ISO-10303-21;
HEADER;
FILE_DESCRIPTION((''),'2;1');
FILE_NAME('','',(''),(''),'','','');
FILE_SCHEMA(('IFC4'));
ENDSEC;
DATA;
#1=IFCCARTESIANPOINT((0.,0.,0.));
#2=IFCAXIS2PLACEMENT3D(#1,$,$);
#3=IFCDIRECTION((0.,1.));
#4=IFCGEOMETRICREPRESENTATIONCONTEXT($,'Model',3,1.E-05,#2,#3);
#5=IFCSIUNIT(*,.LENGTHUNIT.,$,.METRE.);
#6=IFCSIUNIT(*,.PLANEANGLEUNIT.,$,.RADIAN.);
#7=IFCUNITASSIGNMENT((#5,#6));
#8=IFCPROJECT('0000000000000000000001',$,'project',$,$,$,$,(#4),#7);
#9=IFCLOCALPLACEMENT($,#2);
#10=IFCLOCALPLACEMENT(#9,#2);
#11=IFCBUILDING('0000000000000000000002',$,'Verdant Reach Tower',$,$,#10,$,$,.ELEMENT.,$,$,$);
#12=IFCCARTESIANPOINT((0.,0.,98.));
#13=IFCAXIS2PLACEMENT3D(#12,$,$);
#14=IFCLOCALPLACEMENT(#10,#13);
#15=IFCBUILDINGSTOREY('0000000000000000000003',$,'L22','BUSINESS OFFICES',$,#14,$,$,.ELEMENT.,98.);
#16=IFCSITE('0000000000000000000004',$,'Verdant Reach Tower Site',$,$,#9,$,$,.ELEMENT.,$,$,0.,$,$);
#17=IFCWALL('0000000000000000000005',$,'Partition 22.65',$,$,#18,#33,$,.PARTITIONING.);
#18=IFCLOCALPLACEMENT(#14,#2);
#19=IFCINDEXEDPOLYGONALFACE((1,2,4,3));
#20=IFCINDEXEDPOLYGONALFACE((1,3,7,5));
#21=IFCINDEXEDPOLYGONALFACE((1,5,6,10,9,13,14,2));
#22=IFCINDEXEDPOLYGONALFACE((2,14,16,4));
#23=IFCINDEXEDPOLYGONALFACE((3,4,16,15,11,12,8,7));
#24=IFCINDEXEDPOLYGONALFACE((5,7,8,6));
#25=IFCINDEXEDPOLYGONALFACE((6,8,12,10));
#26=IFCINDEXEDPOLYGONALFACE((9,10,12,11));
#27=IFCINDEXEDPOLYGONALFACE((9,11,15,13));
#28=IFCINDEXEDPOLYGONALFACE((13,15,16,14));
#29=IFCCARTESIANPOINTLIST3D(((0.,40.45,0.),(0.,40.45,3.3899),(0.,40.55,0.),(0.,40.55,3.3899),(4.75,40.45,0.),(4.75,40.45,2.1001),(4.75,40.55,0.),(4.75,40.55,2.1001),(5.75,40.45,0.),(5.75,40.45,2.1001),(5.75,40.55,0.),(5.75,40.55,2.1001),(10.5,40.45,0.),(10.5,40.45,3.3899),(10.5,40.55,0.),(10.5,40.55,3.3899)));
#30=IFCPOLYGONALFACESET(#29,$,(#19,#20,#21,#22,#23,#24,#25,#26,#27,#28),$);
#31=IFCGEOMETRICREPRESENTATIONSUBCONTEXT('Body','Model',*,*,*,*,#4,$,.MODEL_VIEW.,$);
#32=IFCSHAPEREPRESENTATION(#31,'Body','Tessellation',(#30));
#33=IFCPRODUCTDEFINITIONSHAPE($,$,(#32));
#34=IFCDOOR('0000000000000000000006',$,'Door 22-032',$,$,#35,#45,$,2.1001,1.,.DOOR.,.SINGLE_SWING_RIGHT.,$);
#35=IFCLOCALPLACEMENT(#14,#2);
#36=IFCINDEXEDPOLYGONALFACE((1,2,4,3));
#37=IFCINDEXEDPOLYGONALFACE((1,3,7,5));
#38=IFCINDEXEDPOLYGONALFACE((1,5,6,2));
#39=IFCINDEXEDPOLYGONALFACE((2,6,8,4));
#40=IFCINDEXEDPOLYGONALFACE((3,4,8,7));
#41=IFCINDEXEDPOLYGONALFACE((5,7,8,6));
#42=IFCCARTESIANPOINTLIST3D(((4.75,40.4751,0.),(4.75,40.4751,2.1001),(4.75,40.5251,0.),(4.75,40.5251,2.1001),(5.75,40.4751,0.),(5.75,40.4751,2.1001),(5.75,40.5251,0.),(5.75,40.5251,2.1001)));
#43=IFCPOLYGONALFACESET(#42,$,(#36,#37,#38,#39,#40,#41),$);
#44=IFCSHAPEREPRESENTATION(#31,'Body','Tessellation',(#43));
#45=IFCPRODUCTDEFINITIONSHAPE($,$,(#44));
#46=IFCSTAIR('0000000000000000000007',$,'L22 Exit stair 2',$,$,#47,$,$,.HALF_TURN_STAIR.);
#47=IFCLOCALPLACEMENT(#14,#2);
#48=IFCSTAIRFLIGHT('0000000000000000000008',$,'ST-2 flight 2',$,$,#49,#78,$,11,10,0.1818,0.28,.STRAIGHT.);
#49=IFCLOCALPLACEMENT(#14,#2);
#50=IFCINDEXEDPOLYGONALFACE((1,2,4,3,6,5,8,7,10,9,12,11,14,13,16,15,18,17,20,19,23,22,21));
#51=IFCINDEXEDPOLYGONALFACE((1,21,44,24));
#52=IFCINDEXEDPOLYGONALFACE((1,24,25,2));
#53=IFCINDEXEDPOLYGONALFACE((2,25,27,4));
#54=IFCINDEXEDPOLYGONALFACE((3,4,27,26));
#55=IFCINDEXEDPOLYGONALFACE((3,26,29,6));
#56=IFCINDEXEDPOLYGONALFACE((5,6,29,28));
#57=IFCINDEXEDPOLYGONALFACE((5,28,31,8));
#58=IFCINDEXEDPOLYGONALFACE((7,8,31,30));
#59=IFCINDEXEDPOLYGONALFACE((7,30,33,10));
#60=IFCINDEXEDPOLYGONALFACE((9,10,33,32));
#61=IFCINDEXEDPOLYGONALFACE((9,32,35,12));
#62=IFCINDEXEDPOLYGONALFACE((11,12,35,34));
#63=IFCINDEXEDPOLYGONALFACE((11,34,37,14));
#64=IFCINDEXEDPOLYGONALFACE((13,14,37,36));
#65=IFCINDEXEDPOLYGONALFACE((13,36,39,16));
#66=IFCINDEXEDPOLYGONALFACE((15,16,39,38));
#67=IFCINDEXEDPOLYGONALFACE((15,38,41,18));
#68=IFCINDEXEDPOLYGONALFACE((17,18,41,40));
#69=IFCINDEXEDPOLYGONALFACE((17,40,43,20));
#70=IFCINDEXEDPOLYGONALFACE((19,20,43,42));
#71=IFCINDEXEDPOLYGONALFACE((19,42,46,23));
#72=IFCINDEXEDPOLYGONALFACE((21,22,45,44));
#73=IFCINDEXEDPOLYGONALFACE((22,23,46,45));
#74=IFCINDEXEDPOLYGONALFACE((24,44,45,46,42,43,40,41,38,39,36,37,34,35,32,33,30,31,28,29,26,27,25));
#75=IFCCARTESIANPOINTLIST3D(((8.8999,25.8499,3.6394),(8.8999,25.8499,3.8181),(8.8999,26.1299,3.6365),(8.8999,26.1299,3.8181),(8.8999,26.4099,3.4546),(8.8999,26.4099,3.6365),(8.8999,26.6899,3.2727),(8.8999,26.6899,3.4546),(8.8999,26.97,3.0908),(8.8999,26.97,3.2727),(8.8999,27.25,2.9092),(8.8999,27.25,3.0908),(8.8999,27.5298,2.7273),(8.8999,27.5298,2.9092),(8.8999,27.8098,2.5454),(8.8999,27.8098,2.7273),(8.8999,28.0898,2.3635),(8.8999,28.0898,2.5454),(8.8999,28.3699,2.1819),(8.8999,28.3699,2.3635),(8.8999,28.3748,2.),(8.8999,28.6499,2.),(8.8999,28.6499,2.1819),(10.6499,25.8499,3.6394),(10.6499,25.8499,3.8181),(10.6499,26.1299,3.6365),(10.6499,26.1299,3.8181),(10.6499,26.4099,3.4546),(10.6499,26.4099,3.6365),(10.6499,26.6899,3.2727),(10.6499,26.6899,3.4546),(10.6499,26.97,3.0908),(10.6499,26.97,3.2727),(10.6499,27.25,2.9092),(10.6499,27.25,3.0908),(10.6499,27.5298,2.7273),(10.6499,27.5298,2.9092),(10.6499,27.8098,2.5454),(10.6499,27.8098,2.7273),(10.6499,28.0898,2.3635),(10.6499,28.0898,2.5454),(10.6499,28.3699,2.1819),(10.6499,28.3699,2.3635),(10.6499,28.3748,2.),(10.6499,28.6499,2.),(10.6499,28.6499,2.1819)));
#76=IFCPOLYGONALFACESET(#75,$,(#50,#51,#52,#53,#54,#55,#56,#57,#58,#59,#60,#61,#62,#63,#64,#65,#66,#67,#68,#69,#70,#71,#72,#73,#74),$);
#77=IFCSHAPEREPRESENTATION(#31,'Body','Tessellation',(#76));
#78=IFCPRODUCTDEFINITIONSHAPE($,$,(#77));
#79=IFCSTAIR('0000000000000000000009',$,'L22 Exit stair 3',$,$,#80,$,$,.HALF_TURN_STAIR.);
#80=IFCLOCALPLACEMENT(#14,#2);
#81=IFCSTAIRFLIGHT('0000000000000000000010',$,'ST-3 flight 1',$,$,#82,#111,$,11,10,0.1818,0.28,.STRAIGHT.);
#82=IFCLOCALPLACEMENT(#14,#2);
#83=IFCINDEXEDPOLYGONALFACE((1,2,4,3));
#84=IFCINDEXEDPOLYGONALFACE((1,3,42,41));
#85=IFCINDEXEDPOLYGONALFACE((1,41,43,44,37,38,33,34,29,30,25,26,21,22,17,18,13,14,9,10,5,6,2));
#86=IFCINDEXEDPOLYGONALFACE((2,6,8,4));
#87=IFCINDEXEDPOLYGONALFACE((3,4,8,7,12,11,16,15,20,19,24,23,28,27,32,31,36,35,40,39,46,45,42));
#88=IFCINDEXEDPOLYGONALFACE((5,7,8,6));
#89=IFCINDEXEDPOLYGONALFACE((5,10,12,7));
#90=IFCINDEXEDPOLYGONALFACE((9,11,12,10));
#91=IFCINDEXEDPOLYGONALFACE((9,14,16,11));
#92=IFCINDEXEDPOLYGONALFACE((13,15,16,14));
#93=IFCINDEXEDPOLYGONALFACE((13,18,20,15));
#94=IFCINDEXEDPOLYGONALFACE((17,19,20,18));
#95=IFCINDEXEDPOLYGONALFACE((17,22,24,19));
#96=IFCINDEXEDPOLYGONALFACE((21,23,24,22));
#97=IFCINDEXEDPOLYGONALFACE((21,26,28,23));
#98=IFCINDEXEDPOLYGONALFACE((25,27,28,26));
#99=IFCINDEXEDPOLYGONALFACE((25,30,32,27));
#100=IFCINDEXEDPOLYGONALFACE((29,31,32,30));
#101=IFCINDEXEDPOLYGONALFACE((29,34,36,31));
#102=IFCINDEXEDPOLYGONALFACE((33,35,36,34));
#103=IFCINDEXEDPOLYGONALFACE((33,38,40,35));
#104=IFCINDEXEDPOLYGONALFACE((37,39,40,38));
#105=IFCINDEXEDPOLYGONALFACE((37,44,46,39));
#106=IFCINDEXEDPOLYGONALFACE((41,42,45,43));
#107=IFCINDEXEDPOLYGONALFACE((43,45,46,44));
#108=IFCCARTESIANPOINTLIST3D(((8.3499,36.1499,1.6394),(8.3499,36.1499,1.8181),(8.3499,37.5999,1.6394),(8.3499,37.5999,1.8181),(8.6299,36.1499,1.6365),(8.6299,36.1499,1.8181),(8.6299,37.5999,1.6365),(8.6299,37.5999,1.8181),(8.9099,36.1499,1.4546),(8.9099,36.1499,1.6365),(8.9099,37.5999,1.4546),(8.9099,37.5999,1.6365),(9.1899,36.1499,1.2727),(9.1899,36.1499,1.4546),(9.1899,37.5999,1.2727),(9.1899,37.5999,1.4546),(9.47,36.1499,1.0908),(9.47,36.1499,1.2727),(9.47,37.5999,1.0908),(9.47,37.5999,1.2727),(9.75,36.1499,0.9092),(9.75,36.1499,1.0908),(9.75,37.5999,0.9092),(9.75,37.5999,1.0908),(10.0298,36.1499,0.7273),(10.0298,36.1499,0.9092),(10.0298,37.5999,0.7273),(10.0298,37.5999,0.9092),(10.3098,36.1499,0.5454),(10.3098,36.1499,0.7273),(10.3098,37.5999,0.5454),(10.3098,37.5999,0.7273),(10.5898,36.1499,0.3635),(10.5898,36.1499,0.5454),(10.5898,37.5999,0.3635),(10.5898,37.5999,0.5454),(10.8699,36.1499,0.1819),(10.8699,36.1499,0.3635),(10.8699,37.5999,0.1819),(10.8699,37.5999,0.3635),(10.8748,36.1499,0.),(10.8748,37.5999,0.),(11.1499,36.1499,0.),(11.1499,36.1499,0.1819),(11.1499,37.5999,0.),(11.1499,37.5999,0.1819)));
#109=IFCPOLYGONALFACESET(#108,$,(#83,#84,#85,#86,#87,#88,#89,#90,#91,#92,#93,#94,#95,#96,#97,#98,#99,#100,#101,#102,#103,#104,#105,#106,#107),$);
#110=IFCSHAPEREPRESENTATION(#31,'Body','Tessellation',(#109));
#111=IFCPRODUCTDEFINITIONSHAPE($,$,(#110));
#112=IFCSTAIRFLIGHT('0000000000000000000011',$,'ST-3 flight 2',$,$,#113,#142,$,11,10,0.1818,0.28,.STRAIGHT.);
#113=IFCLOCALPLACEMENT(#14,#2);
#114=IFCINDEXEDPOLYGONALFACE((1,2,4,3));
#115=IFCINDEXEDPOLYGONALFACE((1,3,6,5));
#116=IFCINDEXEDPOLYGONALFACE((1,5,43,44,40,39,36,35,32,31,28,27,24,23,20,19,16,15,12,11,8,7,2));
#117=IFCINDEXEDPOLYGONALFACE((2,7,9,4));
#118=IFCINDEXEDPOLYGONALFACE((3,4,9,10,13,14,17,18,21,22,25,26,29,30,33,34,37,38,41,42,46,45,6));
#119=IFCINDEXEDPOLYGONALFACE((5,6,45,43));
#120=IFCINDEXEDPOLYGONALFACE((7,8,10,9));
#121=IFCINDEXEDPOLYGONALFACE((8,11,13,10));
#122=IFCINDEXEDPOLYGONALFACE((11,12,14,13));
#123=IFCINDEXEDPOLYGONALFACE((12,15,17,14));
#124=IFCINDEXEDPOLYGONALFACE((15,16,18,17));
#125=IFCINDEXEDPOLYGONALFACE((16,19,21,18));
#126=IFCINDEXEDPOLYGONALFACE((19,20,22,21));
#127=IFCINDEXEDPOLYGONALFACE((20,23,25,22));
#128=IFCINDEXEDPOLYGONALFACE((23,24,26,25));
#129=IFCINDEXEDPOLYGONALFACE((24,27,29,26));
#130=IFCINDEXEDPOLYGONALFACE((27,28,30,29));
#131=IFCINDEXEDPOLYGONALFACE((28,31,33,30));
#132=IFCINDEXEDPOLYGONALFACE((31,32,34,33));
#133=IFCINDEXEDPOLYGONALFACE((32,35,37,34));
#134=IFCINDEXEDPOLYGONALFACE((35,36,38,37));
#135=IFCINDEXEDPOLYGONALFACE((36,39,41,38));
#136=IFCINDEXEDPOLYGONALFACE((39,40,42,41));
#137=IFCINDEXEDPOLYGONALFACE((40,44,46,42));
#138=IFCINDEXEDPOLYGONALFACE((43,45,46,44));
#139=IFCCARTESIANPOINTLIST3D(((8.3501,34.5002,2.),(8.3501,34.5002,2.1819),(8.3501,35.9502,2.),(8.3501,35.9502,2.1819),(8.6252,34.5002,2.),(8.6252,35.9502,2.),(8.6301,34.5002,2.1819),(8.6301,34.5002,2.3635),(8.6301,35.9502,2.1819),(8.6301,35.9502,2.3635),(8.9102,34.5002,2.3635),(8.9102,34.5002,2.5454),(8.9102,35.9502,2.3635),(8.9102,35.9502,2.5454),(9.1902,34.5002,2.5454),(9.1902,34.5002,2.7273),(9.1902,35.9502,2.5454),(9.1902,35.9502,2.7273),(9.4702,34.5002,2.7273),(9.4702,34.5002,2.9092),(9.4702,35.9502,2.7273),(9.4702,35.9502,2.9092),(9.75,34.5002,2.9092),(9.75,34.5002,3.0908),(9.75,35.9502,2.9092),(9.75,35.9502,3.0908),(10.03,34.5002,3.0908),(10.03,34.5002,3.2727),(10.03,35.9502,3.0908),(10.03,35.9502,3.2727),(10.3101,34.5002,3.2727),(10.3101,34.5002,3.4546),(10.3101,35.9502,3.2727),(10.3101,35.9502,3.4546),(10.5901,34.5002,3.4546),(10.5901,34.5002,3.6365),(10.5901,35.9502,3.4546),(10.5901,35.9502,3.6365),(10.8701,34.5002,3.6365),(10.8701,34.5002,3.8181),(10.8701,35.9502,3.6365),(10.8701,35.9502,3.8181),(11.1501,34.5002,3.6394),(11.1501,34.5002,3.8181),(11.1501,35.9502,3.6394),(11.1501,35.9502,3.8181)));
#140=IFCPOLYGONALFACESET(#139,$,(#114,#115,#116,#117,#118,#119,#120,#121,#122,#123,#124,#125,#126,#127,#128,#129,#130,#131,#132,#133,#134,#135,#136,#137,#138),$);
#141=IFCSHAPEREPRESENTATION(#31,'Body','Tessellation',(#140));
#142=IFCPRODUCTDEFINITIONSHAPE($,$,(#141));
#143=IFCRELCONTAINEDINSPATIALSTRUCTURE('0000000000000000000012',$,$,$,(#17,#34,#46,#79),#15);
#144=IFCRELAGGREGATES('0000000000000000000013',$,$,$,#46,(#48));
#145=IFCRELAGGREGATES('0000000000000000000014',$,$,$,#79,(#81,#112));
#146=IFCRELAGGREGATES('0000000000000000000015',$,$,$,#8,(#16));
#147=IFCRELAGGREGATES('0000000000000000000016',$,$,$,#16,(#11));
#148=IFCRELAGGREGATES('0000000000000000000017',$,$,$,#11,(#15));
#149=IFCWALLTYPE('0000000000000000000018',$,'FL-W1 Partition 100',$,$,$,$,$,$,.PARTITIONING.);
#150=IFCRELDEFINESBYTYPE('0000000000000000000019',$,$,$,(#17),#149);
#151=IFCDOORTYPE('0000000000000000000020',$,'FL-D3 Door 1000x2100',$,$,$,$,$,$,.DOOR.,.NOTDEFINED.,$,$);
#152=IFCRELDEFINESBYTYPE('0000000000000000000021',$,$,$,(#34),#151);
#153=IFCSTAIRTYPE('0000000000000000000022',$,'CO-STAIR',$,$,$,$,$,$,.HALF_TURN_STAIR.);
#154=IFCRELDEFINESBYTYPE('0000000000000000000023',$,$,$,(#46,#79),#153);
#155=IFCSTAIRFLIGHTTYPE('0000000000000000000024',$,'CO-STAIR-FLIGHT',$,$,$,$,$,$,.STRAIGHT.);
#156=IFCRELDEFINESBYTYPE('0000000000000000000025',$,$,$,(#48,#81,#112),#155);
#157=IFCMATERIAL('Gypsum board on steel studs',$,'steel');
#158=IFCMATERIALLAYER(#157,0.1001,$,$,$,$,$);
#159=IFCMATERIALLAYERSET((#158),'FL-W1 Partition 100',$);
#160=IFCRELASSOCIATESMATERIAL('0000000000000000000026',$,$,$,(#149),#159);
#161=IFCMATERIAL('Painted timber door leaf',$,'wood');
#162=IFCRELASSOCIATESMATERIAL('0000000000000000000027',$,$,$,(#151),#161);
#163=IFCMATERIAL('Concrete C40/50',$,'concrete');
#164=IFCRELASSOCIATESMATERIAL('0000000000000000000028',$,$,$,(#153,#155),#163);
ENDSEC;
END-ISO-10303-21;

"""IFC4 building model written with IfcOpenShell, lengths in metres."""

from ifc_helpers import new_model, si_unit, direction, frame, frame_2d, origin, place, context, subcontext, project, spatial, polyline, rectangle, outline, extrude, material, layer, layer_set, type_object, element, fill, aggregate, save


model = new_model("IFC4")

# Units and contexts
model_context = context("Model", 3, precision=1e-05, world=origin(), true_north=direction((0.0, 1.0)))
body_context = subcontext(model_context, "Body", "Model", "MODEL_VIEW")
ifc_project = project(units=[si_unit("LENGTHUNIT", "METRE"), si_unit("PLANEANGLEUNIT", "RADIAN")], contexts=[model_context])

# Site, building, storey
site_placement = place(None, origin())
site = spatial("IfcSite", under=ifc_project, at=site_placement, Name="Verdant Reach Tower Site", CompositionType="ELEMENT", RefElevation=0.0)
building_placement = place(site_placement, origin())
building = spatial("IfcBuilding", under=site, at=building_placement, Name="Verdant Reach Tower", CompositionType="ELEMENT")
storey_placement = place(building_placement, frame((0.0, 0.0, 98.0)))
storey = spatial("IfcBuildingStorey", under=building, at=storey_placement, Name="L22", Description="BUSINESS OFFICES", CompositionType="ELEMENT", Elevation=98.0)

# Shared definitions
ifc_material_1 = material(Name="Concrete C40/50", Category="concrete")

# Shared definitions
ifc_material_2 = material(Name="Gypsum board on steel studs", Category="steel")
ifc_layer_1 = layer(ifc_material_2, 0.1001)
ifc_layer_set_1 = layer_set([ifc_layer_1], Name="FL-W1 Partition 100")
wall_type_1 = type_object("IfcWallType", Name="FL-W1 Partition 100", PredefinedType="PARTITIONING", material=ifc_layer_set_1)

# Wall, opening, door
wall_1_placement = place(storey_placement, frame((10.5, 40.5, 0.0), z_axis=(0.0, 0.0, 1.0), x_axis=(-1.0, 0.0, 0.0)))
wall_1 = element("IfcWall", 1, at=wall_1_placement, inside=storey, type_object=wall_type_1, Name="Partition 22.65", PredefinedType="PARTITIONING", context=body_context, shape_type="SweptSolid", body=[
    extrude(rectangle(XDim=10.5, YDim=0.1001, at=frame_2d((5.25, 0.0))), origin(), (0.0, 0.0, 1.0), 3.3899),
])
opening_1_placement = place(wall_1_placement, frame((4.75, 0.0, 0.0)))
opening_1 = element("IfcOpeningElement", 2, at=opening_1_placement, cuts=wall_1, PredefinedType="OPENING", context=body_context, shape_type="SweptSolid", body=[
    extrude(rectangle(XDim=1.0, YDim=2.1001, at=frame_2d((0.5, 1.05))), frame((0.0, 0.0601, 0.0), z_axis=(0.0, -1.0, 0.0), x_axis=(1.0, 0.0, 0.0)), (0.0, 0.0, 1.0), 0.1201),
])
ifc_material_3 = material(Name="Painted timber door leaf", Category="wood")
door_type_1 = type_object("IfcDoorType", Name="FL-D3 Door 1000x2100", OperationType="NOTDEFINED", PredefinedType="DOOR", material=ifc_material_3)
door_1_placement = place(opening_1_placement, origin())
door_1 = element("IfcDoor", 3, at=door_1_placement, inside=storey, type_object=door_type_1, Name="Door 22-032", OperationType="SINGLE_SWING_RIGHT", OverallHeight=2.1001, OverallWidth=1.0, PredefinedType="DOOR", context=body_context, shape_type="SweptSolid", body=[
    extrude(rectangle(XDim=1.0, YDim=2.1001, at=frame_2d((0.5, 1.05))), frame((0.0, 0.0249, 0.0), z_axis=(0.0, -1.0, 0.0), x_axis=(1.0, 0.0, 0.0)), (0.0, 0.0, 1.0), 0.05),
])
fill(opening_1, door_1)

# Stair, stair flight
stair_type = type_object("IfcStairType", Name="CO-STAIR", PredefinedType="HALF_TURN_STAIR", material=ifc_material_1)
stair_1_placement = place(storey_placement, origin())
stair_1 = element("IfcStair", 4, at=stair_1_placement, inside=storey, type_object=stair_type, Name="L22 Exit stair 2", PredefinedType="HALF_TURN_STAIR")
stair_flight_type = type_object("IfcStairFlightType", Name="CO-STAIR-FLIGHT", PredefinedType="STRAIGHT", material=ifc_material_1)
stair_flight_1_placement = place(storey_placement, frame((9.7749, 28.6499, 2.0), z_axis=(0.0, 0.0, 1.0), x_axis=(0.0, -1.0, 0.0)))
stair_flight_1 = element("IfcStairFlight", 5, at=stair_flight_1_placement, type_object=stair_flight_type, Name="ST-2 flight 2", NumberOfRisers=11, NumberOfTreads=10, PredefinedType="STRAIGHT", RiserHeight=0.1818, TreadLength=0.28, context=body_context, shape_type="SweptSolid", body=[
    extrude(outline(polyline([(0.0, 0.0), (0.0, 0.1819), (0.28, 0.1819), (0.28, 0.3635), (0.5601, 0.3635), (0.5601, 0.5454), (0.8401, 0.5454), (0.8401, 0.7273), (1.1201, 0.7273), (1.1201, 0.9092), (1.3999, 0.9092), (1.3999, 1.0908), (1.6799, 1.0908), (1.6799, 1.2727), (1.96, 1.2727), (1.96, 1.4546), (2.24, 1.4546), (2.24, 1.6365), (2.52, 1.6365), (2.52, 1.8181), (2.8, 1.8181), (2.8, 2.0), (2.8, 1.6394), (0.2751, 0.0), (0.0, 0.0)])), frame((0.0, 0.875, 0.0), z_axis=(0.0, -1.0, 0.0), x_axis=(1.0, 0.0, 0.0)), (0.0, 0.0, 1.0), 1.75),
])
aggregate(stair_1, [stair_flight_1])

# Stair, stair flights
stair_2_placement = place(storey_placement, origin())
stair_2 = element("IfcStair", 6, at=stair_2_placement, inside=storey, type_object=stair_type, Name="L22 Exit stair 3", PredefinedType="HALF_TURN_STAIR")
stair_flight_2_placement = place(storey_placement, frame((11.1499, 36.875, 0.0), z_axis=(0.0, 0.0, 1.0), x_axis=(-1.0, 0.0, 0.0)))
stair_flight_2 = element("IfcStairFlight", 7, at=stair_flight_2_placement, type_object=stair_flight_type, Name="ST-3 flight 1", NumberOfRisers=11, NumberOfTreads=10, PredefinedType="STRAIGHT", RiserHeight=0.1818, TreadLength=0.28, context=body_context, shape_type="SweptSolid", body=[
    extrude(outline(polyline([(0.0, 0.0), (0.0, 0.1819), (0.28, 0.1819), (0.28, 0.3635), (0.5601, 0.3635), (0.5601, 0.5454), (0.8401, 0.5454), (0.8401, 0.7273), (1.1201, 0.7273), (1.1201, 0.9092), (1.3999, 0.9092), (1.3999, 1.0908), (1.6799, 1.0908), (1.6799, 1.2727), (1.96, 1.2727), (1.96, 1.4546), (2.24, 1.4546), (2.24, 1.6365), (2.52, 1.6365), (2.52, 1.8181), (2.8, 1.8181), (2.8, 2.0), (2.8, 1.6394), (0.2751, 0.0), (0.0, 0.0)])), frame((0.0, 0.7251, 0.0), z_axis=(0.0, -1.0, 0.0), x_axis=(1.0, 0.0, 0.0)), (0.0, 0.0, 1.0), 1.45),
])
stair_flight_3_placement = place(storey_placement, frame((8.3501, 35.2251, 2.0), z_axis=(0.0, 0.0, 1.0), x_axis=(1.0, 0.0, 0.0)))
stair_flight_3 = element("IfcStairFlight", 8, at=stair_flight_3_placement, type_object=stair_flight_type, Name="ST-3 flight 2", NumberOfRisers=11, NumberOfTreads=10, PredefinedType="STRAIGHT", RiserHeight=0.1818, TreadLength=0.28, context=body_context, shape_type="SweptSolid", body=[
    extrude(outline(polyline([(0.0, 0.0), (0.0, 0.1819), (0.28, 0.1819), (0.28, 0.3635), (0.5601, 0.3635), (0.5601, 0.5454), (0.8401, 0.5454), (0.8401, 0.7273), (1.1201, 0.7273), (1.1201, 0.9092), (1.3999, 0.9092), (1.3999, 1.0908), (1.6799, 1.0908), (1.6799, 1.2727), (1.96, 1.2727), (1.96, 1.4546), (2.24, 1.4546), (2.24, 1.6365), (2.52, 1.6365), (2.52, 1.8181), (2.8, 1.8181), (2.8, 2.0), (2.8, 1.6394), (0.2751, 0.0), (0.0, 0.0)])), frame((0.0, 0.7251, 0.0), z_axis=(0.0, -1.0, 0.0), x_axis=(1.0, 0.0, 0.0)), (0.0, 0.0, 1.0), 1.45),
])
aggregate(stair_2, [stair_flight_2, stair_flight_3])

save(model, "model.ifc")
